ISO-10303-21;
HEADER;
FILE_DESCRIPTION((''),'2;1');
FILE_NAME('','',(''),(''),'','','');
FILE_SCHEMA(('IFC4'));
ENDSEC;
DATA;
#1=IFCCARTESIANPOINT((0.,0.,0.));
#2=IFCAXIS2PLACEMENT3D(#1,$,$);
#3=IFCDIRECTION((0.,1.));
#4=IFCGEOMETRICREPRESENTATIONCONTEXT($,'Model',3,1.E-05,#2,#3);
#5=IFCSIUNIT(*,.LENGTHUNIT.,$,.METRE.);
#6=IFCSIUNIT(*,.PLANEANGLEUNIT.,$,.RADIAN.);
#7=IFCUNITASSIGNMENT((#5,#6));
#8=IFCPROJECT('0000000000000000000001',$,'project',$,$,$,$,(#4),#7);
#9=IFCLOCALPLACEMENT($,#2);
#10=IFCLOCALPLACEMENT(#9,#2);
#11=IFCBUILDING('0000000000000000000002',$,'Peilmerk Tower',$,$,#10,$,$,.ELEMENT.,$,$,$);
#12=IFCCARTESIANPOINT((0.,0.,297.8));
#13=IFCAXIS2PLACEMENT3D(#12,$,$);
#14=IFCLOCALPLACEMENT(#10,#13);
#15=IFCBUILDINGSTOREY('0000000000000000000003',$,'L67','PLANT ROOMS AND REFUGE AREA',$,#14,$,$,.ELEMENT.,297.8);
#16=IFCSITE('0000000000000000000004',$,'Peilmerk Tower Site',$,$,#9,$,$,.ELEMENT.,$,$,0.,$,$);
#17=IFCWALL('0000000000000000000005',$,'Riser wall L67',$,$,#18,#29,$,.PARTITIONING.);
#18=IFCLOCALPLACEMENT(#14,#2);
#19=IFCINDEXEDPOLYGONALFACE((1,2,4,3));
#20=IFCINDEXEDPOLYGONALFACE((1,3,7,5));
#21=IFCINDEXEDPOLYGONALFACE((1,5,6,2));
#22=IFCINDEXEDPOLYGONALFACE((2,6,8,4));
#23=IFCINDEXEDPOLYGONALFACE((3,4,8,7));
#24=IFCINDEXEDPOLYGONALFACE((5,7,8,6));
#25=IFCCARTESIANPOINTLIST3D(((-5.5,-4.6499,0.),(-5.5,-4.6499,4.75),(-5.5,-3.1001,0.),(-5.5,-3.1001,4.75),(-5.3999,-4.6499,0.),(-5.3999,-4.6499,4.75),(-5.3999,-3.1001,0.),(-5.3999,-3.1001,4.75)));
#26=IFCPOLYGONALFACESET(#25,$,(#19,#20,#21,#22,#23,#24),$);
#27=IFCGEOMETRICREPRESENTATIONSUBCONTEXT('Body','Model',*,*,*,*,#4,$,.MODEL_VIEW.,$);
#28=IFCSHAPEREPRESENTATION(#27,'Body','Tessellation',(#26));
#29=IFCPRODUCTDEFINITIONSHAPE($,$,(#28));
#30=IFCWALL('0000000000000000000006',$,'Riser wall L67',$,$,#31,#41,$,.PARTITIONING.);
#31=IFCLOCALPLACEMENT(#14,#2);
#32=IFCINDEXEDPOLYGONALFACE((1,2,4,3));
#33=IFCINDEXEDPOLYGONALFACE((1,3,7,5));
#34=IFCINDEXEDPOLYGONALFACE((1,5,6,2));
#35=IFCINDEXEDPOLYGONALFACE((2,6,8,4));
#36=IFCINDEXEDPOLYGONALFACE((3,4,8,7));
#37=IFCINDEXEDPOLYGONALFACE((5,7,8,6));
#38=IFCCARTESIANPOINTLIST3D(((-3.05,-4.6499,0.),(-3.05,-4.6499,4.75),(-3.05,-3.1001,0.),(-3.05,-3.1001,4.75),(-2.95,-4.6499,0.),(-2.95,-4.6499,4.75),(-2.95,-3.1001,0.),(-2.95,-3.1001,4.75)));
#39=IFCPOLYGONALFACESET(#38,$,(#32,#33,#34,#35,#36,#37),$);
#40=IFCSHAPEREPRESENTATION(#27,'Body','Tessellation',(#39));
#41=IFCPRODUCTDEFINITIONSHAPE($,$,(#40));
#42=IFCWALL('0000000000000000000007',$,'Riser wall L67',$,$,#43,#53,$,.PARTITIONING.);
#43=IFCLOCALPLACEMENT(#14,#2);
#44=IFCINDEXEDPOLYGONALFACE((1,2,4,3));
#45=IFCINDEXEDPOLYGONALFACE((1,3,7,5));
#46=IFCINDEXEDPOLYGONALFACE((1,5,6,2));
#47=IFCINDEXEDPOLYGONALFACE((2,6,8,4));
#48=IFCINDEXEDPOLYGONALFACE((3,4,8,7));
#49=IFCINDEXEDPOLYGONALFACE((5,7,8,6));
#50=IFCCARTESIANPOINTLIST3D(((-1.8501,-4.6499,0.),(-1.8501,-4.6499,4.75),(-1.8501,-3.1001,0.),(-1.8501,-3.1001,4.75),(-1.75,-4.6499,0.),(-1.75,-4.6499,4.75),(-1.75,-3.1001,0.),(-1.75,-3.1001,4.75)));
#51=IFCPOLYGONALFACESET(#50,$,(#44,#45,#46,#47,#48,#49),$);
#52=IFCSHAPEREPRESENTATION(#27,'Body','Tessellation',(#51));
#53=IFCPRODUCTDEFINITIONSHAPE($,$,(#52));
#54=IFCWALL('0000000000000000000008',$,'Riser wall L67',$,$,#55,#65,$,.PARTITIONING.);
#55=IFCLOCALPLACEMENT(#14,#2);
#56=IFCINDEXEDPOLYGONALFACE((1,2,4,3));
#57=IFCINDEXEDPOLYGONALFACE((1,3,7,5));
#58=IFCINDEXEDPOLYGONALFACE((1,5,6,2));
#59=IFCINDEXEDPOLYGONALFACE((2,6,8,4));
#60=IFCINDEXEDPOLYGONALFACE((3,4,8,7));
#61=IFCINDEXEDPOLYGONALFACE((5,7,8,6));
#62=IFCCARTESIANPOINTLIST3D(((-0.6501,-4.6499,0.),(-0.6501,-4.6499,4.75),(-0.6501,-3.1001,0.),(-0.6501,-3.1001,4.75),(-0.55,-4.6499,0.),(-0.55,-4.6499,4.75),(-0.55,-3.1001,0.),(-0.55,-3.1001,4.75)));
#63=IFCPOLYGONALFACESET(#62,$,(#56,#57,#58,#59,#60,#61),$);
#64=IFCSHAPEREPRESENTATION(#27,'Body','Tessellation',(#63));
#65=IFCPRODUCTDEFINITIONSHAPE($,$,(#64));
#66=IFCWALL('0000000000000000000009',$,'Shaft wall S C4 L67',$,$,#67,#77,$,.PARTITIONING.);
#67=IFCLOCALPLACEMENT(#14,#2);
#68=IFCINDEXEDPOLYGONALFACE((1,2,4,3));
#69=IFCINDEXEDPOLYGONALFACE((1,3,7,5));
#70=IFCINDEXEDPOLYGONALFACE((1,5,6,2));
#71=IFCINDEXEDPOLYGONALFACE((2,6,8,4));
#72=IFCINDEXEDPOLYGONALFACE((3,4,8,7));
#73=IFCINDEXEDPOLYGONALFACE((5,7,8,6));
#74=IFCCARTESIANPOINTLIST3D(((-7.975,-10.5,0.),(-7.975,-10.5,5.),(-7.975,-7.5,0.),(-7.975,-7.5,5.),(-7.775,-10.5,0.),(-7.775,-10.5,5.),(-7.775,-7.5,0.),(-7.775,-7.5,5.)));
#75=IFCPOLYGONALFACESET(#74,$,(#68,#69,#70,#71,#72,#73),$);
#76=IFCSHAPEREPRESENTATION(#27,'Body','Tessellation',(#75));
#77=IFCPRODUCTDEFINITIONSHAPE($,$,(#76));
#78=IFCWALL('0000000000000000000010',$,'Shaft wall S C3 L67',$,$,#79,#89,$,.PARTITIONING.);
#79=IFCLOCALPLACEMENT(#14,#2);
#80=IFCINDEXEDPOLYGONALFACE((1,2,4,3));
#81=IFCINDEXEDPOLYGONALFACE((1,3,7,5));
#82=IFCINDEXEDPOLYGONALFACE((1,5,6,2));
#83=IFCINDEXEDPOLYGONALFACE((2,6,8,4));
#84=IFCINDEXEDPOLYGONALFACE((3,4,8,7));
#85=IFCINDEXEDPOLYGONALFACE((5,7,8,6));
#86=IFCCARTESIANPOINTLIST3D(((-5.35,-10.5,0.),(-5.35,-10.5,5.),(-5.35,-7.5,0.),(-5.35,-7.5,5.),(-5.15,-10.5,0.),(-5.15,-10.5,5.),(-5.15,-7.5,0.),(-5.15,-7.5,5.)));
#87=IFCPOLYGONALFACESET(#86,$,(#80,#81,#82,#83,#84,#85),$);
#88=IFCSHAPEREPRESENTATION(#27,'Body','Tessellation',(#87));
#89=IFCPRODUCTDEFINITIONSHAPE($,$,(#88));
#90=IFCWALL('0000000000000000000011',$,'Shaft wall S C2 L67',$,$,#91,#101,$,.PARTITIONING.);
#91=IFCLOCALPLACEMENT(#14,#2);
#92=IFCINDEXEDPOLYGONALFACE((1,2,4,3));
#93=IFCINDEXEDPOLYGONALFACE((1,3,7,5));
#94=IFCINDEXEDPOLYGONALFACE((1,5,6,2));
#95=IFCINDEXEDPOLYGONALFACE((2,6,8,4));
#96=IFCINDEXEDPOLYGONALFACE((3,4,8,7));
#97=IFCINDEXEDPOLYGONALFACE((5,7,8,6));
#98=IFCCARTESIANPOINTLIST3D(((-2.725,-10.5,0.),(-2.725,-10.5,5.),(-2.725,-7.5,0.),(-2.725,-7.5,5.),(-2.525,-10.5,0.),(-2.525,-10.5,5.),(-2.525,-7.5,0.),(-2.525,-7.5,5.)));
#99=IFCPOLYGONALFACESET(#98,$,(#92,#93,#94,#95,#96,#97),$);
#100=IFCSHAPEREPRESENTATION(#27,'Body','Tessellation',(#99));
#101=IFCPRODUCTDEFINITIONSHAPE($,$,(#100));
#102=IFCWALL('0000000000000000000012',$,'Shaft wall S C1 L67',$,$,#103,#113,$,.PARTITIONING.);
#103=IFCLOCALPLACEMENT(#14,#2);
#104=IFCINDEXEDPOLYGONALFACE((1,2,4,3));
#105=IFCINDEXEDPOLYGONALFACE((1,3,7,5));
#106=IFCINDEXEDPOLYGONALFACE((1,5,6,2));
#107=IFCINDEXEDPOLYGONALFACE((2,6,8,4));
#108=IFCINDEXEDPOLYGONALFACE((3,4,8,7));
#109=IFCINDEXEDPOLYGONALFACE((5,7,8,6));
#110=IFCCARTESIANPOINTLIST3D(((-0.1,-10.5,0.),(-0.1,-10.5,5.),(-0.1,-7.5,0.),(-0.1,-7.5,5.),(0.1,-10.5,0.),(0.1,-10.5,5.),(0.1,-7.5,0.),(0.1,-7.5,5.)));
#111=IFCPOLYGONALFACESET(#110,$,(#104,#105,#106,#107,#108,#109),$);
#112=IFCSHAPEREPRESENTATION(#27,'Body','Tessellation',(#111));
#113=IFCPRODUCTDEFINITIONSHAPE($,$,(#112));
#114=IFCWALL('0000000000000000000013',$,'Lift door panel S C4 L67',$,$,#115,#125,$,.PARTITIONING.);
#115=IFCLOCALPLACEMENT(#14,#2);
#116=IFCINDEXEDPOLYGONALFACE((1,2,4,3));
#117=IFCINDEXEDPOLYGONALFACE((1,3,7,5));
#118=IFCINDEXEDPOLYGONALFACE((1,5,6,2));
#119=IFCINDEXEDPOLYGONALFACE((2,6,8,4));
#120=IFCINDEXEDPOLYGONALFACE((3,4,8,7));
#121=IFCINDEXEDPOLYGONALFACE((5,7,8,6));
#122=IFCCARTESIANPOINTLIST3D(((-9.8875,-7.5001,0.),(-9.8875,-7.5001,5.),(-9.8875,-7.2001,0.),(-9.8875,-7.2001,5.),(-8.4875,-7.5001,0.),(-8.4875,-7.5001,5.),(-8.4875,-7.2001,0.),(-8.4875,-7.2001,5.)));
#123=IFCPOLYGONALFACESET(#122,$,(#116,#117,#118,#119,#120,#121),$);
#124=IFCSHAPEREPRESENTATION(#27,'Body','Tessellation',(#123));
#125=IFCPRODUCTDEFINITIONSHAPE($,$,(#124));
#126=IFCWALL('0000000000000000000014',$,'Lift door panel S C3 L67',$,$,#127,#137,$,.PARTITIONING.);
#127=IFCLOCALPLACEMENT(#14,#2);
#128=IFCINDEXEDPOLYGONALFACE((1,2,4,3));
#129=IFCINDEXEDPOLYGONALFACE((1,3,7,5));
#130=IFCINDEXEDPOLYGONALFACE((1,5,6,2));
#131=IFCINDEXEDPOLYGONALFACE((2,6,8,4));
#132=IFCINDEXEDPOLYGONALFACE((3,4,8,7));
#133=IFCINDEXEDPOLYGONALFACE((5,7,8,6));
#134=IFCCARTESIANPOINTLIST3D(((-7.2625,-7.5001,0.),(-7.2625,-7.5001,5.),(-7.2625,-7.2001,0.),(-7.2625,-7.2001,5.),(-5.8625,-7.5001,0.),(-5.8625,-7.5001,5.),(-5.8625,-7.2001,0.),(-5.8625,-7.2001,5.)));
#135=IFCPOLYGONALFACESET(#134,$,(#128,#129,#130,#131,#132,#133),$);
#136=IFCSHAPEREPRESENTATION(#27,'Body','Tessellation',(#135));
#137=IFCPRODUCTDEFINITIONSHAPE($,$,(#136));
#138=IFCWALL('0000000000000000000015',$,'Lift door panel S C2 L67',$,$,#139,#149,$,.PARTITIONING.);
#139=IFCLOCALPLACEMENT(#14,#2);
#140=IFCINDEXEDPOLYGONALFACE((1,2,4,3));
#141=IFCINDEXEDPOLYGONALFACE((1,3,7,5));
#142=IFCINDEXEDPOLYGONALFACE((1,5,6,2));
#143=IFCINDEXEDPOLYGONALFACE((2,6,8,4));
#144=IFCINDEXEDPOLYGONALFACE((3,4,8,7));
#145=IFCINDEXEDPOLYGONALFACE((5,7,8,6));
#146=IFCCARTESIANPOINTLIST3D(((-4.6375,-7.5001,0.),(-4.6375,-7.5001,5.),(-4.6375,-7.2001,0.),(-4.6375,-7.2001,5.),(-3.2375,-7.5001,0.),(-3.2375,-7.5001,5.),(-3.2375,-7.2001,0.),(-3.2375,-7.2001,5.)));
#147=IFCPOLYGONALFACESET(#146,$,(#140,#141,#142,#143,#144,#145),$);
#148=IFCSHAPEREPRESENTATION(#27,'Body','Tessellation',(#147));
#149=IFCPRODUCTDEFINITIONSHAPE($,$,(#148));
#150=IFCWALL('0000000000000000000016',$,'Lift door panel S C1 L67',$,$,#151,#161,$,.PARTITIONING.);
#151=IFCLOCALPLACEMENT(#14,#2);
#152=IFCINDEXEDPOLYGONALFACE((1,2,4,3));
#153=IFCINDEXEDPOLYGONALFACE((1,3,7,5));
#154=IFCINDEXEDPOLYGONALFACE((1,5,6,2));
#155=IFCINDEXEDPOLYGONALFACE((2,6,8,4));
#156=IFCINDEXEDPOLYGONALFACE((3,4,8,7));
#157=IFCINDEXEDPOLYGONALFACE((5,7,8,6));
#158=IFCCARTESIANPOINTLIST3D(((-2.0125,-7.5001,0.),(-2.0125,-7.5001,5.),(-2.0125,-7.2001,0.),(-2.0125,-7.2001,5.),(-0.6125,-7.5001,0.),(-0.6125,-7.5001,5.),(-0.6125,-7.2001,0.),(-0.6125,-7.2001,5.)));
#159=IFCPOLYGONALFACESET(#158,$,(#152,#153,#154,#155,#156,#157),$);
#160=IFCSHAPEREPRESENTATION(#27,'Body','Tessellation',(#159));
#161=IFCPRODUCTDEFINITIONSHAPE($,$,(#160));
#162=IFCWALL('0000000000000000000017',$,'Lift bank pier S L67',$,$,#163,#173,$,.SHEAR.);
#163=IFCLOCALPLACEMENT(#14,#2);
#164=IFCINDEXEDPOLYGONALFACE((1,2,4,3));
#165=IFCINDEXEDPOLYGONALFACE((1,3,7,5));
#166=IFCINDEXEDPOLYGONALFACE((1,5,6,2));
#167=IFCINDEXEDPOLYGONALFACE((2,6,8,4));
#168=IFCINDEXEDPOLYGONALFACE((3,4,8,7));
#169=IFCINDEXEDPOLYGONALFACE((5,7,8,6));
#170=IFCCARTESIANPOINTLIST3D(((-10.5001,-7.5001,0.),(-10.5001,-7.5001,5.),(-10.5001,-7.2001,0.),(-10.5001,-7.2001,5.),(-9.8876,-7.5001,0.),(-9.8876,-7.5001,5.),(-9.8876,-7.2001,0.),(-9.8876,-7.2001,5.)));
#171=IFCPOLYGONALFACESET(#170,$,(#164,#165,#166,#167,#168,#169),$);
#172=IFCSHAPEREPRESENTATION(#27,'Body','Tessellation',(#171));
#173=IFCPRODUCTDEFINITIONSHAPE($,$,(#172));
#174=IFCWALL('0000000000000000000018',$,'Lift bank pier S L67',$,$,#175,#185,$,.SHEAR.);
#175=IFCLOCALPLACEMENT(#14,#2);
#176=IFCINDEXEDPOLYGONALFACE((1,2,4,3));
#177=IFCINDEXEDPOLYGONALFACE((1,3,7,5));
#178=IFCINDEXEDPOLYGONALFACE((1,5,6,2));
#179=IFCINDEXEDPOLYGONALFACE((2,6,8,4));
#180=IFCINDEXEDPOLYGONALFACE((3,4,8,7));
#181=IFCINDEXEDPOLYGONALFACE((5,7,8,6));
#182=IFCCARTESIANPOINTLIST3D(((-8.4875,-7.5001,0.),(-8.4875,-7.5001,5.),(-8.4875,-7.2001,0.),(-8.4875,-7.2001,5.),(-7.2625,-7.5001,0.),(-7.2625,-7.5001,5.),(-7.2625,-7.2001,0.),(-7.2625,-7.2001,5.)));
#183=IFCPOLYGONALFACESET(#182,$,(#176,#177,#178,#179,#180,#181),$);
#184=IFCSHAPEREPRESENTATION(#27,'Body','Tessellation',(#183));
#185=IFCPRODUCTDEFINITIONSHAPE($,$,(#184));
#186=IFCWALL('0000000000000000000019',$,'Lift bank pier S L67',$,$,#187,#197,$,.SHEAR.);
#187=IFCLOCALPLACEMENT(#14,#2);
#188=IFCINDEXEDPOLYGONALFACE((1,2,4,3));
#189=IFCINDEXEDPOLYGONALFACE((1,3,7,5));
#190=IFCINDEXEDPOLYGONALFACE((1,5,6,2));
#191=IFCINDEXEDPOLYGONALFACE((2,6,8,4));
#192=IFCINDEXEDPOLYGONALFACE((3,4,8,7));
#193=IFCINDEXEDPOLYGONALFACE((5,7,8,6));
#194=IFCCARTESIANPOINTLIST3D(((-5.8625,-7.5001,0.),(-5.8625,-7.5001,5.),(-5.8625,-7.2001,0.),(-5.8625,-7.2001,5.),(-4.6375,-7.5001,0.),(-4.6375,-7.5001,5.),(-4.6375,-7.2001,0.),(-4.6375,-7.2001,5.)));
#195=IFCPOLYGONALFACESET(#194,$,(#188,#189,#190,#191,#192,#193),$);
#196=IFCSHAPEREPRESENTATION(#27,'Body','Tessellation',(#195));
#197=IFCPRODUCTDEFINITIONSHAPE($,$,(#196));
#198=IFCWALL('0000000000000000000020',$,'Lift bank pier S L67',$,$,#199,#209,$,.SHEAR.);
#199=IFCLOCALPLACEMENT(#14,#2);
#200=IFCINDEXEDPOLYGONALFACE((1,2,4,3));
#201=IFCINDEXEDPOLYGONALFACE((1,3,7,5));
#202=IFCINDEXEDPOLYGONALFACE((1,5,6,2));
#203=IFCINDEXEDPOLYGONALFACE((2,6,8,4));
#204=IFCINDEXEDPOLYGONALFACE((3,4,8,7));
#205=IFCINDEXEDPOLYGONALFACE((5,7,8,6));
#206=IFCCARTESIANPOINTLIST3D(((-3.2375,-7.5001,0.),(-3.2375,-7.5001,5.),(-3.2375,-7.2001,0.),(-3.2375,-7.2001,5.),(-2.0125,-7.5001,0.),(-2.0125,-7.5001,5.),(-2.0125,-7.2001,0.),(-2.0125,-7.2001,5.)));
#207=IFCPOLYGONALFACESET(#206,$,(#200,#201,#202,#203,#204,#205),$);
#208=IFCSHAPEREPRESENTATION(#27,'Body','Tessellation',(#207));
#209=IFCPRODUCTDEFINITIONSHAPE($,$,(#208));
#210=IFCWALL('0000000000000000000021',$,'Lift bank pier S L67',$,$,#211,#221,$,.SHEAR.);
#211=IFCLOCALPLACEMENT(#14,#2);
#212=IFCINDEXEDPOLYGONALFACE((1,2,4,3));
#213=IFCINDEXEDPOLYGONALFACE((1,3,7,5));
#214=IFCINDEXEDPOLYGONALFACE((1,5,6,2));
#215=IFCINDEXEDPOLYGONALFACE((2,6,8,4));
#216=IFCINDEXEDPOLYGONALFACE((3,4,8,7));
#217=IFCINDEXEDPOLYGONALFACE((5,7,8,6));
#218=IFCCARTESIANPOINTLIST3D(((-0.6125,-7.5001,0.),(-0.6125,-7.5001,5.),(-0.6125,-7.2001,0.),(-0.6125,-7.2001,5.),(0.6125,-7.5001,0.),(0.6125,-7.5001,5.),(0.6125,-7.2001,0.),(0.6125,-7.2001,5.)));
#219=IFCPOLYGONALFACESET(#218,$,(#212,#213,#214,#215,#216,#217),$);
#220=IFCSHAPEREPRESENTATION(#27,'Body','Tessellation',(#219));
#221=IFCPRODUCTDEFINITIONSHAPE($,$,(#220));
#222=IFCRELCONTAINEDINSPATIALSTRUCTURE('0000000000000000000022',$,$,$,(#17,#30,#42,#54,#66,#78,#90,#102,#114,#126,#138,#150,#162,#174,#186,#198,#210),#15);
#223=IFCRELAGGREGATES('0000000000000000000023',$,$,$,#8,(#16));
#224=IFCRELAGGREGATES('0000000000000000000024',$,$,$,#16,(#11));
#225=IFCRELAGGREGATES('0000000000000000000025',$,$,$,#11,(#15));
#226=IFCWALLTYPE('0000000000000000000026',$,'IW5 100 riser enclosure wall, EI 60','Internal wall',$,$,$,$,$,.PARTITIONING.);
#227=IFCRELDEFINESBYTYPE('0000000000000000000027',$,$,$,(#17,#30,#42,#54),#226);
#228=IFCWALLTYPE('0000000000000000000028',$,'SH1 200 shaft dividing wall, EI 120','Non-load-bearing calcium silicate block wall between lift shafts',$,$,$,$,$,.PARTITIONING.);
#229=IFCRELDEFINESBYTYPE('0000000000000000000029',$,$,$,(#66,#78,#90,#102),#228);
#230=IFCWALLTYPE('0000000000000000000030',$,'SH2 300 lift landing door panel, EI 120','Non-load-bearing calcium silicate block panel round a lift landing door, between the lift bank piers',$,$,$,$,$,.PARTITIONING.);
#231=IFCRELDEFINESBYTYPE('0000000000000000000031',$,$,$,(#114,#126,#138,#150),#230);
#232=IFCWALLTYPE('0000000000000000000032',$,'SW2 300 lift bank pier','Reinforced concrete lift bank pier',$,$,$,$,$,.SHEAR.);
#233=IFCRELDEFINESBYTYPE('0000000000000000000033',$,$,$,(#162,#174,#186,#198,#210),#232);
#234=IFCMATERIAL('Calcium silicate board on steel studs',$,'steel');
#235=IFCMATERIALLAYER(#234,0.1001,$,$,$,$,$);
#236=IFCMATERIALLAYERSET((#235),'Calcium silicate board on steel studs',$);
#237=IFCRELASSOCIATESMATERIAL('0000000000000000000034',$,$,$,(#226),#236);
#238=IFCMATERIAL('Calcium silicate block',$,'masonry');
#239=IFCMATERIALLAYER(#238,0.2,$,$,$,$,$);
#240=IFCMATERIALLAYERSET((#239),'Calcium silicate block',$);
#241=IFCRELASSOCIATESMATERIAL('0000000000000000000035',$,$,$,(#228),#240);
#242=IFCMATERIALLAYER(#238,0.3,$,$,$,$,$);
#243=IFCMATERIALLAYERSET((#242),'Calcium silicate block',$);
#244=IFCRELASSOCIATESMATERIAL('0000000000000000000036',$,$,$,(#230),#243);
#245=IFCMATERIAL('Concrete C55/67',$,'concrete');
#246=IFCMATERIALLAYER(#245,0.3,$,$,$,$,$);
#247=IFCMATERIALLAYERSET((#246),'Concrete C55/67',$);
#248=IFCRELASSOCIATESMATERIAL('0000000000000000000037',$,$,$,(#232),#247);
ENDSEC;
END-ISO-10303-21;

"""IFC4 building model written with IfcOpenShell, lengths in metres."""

from ifc_helpers import new_model, si_unit, direction, frame, frame_2d, origin, place, context, subcontext, project, spatial, rectangle, extrude, material, layer, layer_set, type_object, element, save


model = new_model("IFC4")

# Units and contexts
model_context = context("Model", 3, precision=1e-05, world=origin(), true_north=direction((0.0, 1.0)))
body_context = subcontext(model_context, "Body", "Model", "MODEL_VIEW")
ifc_project = project(units=[si_unit("LENGTHUNIT", "METRE"), si_unit("PLANEANGLEUNIT", "RADIAN")], contexts=[model_context])

# Site, building, storey
site_placement = place(None, origin())
site = spatial("IfcSite", under=ifc_project, at=site_placement, Name="Peilmerk Tower Site", CompositionType="ELEMENT", RefElevation=0.0)
building_placement = place(site_placement, origin())
building = spatial("IfcBuilding", under=site, at=building_placement, Name="Peilmerk Tower", CompositionType="ELEMENT")
storey_placement = place(building_placement, frame((0.0, 0.0, 297.8)))
storey = spatial("IfcBuildingStorey", under=building, at=storey_placement, Name="L67", Description="PLANT ROOMS AND REFUGE AREA", CompositionType="ELEMENT", Elevation=297.8)

# Walls
ifc_material_1 = material(Name="Calcium silicate board on steel studs", Category="steel")
ifc_layer_1 = layer(ifc_material_1, 0.1001)
ifc_layer_set_1 = layer_set([ifc_layer_1], Name="Calcium silicate board on steel studs")
wall_type_1 = type_object("IfcWallType", Name="IW5 100 riser enclosure wall, EI 60", Description="Internal wall", PredefinedType="PARTITIONING", material=ifc_layer_set_1)
for number, where, z_axis, x_axis, name in (
    (1, (-5.45, -3.1001, 0.0), (0.0, 0.0, 1.0), (0.0, -1.0, 0.0), "Riser wall L67"),
    (2, (-3.0, -3.1001, 0.0), (0.0, 0.0, 1.0), (0.0, -1.0, 0.0), "Riser wall L67"),
    (3, (-1.8, -3.1001, 0.0), (0.0, 0.0, 1.0), (0.0, -1.0, 0.0), "Riser wall L67"),
    (4, (-0.6001, -3.1001, 0.0), (0.0, 0.0, 1.0), (0.0, -1.0, 0.0), "Riser wall L67"),
):
    element("IfcWall", number, at=place(storey_placement, frame(where, z_axis=z_axis, x_axis=x_axis)), inside=storey, type_object=wall_type_1, Name=name, PredefinedType="PARTITIONING", context=body_context, shape_type="SweptSolid", body=[
        extrude(rectangle(XDim=1.5498, YDim=0.1001, at=frame_2d((0.7749, 0.0))), origin(), (0.0, 0.0, 1.0), 4.75),
    ])
ifc_material_2 = material(Name="Calcium silicate block", Category="masonry")
ifc_layer_2 = layer(ifc_material_2, 0.2)
ifc_layer_set_2 = layer_set([ifc_layer_2], Name="Calcium silicate block")
wall_type_2 = type_object("IfcWallType", Name="SH1 200 shaft dividing wall, EI 120", Description="Non-load-bearing calcium silicate block wall between lift shafts", PredefinedType="PARTITIONING", material=ifc_layer_set_2)
for number, where, z_axis, x_axis, name in (
    (5, (-7.875, -10.5, 0.0), (0.0, 0.0, 1.0), (0.0, 1.0, 0.0), "Shaft wall S C4 L67"),
    (6, (-5.25, -10.5, 0.0), (0.0, 0.0, 1.0), (0.0, 1.0, 0.0), "Shaft wall S C3 L67"),
    (7, (-2.625, -10.5, 0.0), (0.0, 0.0, 1.0), (0.0, 1.0, 0.0), "Shaft wall S C2 L67"),
    (8, (0.0, -10.5, 0.0), (0.0, 0.0, 1.0), (0.0, 1.0, 0.0), "Shaft wall S C1 L67"),
):
    element("IfcWall", number, at=place(storey_placement, frame(where, z_axis=z_axis, x_axis=x_axis)), inside=storey, type_object=wall_type_2, Name=name, PredefinedType="PARTITIONING", context=body_context, shape_type="SweptSolid", body=[
        extrude(rectangle(XDim=3.0, YDim=0.2, at=frame_2d((1.5, 0.0))), origin(), (0.0, 0.0, 1.0), 5.0),
    ])
ifc_layer_3 = layer(ifc_material_2, 0.3)
ifc_layer_set_3 = layer_set([ifc_layer_3], Name="Calcium silicate block")
wall_type_3 = type_object("IfcWallType", Name="SH2 300 lift landing door panel, EI 120", Description="Non-load-bearing calcium silicate block panel round a lift landing door, between the lift bank piers", PredefinedType="PARTITIONING", material=ifc_layer_set_3)
for number, where, z_axis, x_axis, name in (
    (9, (-9.8875, -7.3501, 0.0), (0.0, 0.0, 1.0), (1.0, 0.0, 0.0), "Lift door panel S C4 L67"),
    (10, (-7.2625, -7.3501, 0.0), (0.0, 0.0, 1.0), (1.0, 0.0, 0.0), "Lift door panel S C3 L67"),
    (11, (-4.6375, -7.3501, 0.0), (0.0, 0.0, 1.0), (1.0, 0.0, 0.0), "Lift door panel S C2 L67"),
    (12, (-2.0125, -7.3501, 0.0), (0.0, 0.0, 1.0), (1.0, 0.0, 0.0), "Lift door panel S C1 L67"),
):
    element("IfcWall", number, at=place(storey_placement, frame(where, z_axis=z_axis, x_axis=x_axis)), inside=storey, type_object=wall_type_3, Name=name, PredefinedType="PARTITIONING", context=body_context, shape_type="SweptSolid", body=[
        extrude(rectangle(XDim=1.3999, YDim=0.3, at=frame_2d((0.7, 0.0))), origin(), (0.0, 0.0, 1.0), 5.0),
    ])
ifc_material_3 = material(Name="Concrete C55/67", Category="concrete")
ifc_layer_4 = layer(ifc_material_3, 0.3)
ifc_layer_set_4 = layer_set([ifc_layer_4], Name="Concrete C55/67")
wall_type_4 = type_object("IfcWallType", Name="SW2 300 lift bank pier", Description="Reinforced concrete lift bank pier", PredefinedType="SHEAR", material=ifc_layer_set_4)
wall_1_placement = place(storey_placement, frame((-10.5, -7.3501, 0.0), z_axis=(0.0, 0.0, 1.0), x_axis=(1.0, 0.0, 0.0)))
element("IfcWall", 13, at=wall_1_placement, inside=storey, type_object=wall_type_4, Name="Lift bank pier S L67", PredefinedType="SHEAR", context=body_context, shape_type="SweptSolid", body=[
    extrude(rectangle(XDim=0.6125, YDim=0.3, at=frame_2d((0.3062, 0.0))), origin(), (0.0, 0.0, 1.0), 5.0),
])
for number, where, z_axis, x_axis, name in (
    (14, (-8.4875, -7.3501, 0.0), (0.0, 0.0, 1.0), (1.0, 0.0, 0.0), "Lift bank pier S L67"),
    (15, (-5.8625, -7.3501, 0.0), (0.0, 0.0, 1.0), (1.0, 0.0, 0.0), "Lift bank pier S L67"),
    (16, (-3.2375, -7.3501, 0.0), (0.0, 0.0, 1.0), (1.0, 0.0, 0.0), "Lift bank pier S L67"),
    (17, (-0.6125, -7.3501, 0.0), (0.0, 0.0, 1.0), (1.0, 0.0, 0.0), "Lift bank pier S L67"),
):
    element("IfcWall", number, at=place(storey_placement, frame(where, z_axis=z_axis, x_axis=x_axis)), inside=storey, type_object=wall_type_4, Name=name, PredefinedType="SHEAR", context=body_context, shape_type="SweptSolid", body=[
        extrude(rectangle(XDim=1.2251, YDim=0.3, at=frame_2d((0.6125, 0.0))), origin(), (0.0, 0.0, 1.0), 5.0),
    ])

save(model, "model.ifc")
